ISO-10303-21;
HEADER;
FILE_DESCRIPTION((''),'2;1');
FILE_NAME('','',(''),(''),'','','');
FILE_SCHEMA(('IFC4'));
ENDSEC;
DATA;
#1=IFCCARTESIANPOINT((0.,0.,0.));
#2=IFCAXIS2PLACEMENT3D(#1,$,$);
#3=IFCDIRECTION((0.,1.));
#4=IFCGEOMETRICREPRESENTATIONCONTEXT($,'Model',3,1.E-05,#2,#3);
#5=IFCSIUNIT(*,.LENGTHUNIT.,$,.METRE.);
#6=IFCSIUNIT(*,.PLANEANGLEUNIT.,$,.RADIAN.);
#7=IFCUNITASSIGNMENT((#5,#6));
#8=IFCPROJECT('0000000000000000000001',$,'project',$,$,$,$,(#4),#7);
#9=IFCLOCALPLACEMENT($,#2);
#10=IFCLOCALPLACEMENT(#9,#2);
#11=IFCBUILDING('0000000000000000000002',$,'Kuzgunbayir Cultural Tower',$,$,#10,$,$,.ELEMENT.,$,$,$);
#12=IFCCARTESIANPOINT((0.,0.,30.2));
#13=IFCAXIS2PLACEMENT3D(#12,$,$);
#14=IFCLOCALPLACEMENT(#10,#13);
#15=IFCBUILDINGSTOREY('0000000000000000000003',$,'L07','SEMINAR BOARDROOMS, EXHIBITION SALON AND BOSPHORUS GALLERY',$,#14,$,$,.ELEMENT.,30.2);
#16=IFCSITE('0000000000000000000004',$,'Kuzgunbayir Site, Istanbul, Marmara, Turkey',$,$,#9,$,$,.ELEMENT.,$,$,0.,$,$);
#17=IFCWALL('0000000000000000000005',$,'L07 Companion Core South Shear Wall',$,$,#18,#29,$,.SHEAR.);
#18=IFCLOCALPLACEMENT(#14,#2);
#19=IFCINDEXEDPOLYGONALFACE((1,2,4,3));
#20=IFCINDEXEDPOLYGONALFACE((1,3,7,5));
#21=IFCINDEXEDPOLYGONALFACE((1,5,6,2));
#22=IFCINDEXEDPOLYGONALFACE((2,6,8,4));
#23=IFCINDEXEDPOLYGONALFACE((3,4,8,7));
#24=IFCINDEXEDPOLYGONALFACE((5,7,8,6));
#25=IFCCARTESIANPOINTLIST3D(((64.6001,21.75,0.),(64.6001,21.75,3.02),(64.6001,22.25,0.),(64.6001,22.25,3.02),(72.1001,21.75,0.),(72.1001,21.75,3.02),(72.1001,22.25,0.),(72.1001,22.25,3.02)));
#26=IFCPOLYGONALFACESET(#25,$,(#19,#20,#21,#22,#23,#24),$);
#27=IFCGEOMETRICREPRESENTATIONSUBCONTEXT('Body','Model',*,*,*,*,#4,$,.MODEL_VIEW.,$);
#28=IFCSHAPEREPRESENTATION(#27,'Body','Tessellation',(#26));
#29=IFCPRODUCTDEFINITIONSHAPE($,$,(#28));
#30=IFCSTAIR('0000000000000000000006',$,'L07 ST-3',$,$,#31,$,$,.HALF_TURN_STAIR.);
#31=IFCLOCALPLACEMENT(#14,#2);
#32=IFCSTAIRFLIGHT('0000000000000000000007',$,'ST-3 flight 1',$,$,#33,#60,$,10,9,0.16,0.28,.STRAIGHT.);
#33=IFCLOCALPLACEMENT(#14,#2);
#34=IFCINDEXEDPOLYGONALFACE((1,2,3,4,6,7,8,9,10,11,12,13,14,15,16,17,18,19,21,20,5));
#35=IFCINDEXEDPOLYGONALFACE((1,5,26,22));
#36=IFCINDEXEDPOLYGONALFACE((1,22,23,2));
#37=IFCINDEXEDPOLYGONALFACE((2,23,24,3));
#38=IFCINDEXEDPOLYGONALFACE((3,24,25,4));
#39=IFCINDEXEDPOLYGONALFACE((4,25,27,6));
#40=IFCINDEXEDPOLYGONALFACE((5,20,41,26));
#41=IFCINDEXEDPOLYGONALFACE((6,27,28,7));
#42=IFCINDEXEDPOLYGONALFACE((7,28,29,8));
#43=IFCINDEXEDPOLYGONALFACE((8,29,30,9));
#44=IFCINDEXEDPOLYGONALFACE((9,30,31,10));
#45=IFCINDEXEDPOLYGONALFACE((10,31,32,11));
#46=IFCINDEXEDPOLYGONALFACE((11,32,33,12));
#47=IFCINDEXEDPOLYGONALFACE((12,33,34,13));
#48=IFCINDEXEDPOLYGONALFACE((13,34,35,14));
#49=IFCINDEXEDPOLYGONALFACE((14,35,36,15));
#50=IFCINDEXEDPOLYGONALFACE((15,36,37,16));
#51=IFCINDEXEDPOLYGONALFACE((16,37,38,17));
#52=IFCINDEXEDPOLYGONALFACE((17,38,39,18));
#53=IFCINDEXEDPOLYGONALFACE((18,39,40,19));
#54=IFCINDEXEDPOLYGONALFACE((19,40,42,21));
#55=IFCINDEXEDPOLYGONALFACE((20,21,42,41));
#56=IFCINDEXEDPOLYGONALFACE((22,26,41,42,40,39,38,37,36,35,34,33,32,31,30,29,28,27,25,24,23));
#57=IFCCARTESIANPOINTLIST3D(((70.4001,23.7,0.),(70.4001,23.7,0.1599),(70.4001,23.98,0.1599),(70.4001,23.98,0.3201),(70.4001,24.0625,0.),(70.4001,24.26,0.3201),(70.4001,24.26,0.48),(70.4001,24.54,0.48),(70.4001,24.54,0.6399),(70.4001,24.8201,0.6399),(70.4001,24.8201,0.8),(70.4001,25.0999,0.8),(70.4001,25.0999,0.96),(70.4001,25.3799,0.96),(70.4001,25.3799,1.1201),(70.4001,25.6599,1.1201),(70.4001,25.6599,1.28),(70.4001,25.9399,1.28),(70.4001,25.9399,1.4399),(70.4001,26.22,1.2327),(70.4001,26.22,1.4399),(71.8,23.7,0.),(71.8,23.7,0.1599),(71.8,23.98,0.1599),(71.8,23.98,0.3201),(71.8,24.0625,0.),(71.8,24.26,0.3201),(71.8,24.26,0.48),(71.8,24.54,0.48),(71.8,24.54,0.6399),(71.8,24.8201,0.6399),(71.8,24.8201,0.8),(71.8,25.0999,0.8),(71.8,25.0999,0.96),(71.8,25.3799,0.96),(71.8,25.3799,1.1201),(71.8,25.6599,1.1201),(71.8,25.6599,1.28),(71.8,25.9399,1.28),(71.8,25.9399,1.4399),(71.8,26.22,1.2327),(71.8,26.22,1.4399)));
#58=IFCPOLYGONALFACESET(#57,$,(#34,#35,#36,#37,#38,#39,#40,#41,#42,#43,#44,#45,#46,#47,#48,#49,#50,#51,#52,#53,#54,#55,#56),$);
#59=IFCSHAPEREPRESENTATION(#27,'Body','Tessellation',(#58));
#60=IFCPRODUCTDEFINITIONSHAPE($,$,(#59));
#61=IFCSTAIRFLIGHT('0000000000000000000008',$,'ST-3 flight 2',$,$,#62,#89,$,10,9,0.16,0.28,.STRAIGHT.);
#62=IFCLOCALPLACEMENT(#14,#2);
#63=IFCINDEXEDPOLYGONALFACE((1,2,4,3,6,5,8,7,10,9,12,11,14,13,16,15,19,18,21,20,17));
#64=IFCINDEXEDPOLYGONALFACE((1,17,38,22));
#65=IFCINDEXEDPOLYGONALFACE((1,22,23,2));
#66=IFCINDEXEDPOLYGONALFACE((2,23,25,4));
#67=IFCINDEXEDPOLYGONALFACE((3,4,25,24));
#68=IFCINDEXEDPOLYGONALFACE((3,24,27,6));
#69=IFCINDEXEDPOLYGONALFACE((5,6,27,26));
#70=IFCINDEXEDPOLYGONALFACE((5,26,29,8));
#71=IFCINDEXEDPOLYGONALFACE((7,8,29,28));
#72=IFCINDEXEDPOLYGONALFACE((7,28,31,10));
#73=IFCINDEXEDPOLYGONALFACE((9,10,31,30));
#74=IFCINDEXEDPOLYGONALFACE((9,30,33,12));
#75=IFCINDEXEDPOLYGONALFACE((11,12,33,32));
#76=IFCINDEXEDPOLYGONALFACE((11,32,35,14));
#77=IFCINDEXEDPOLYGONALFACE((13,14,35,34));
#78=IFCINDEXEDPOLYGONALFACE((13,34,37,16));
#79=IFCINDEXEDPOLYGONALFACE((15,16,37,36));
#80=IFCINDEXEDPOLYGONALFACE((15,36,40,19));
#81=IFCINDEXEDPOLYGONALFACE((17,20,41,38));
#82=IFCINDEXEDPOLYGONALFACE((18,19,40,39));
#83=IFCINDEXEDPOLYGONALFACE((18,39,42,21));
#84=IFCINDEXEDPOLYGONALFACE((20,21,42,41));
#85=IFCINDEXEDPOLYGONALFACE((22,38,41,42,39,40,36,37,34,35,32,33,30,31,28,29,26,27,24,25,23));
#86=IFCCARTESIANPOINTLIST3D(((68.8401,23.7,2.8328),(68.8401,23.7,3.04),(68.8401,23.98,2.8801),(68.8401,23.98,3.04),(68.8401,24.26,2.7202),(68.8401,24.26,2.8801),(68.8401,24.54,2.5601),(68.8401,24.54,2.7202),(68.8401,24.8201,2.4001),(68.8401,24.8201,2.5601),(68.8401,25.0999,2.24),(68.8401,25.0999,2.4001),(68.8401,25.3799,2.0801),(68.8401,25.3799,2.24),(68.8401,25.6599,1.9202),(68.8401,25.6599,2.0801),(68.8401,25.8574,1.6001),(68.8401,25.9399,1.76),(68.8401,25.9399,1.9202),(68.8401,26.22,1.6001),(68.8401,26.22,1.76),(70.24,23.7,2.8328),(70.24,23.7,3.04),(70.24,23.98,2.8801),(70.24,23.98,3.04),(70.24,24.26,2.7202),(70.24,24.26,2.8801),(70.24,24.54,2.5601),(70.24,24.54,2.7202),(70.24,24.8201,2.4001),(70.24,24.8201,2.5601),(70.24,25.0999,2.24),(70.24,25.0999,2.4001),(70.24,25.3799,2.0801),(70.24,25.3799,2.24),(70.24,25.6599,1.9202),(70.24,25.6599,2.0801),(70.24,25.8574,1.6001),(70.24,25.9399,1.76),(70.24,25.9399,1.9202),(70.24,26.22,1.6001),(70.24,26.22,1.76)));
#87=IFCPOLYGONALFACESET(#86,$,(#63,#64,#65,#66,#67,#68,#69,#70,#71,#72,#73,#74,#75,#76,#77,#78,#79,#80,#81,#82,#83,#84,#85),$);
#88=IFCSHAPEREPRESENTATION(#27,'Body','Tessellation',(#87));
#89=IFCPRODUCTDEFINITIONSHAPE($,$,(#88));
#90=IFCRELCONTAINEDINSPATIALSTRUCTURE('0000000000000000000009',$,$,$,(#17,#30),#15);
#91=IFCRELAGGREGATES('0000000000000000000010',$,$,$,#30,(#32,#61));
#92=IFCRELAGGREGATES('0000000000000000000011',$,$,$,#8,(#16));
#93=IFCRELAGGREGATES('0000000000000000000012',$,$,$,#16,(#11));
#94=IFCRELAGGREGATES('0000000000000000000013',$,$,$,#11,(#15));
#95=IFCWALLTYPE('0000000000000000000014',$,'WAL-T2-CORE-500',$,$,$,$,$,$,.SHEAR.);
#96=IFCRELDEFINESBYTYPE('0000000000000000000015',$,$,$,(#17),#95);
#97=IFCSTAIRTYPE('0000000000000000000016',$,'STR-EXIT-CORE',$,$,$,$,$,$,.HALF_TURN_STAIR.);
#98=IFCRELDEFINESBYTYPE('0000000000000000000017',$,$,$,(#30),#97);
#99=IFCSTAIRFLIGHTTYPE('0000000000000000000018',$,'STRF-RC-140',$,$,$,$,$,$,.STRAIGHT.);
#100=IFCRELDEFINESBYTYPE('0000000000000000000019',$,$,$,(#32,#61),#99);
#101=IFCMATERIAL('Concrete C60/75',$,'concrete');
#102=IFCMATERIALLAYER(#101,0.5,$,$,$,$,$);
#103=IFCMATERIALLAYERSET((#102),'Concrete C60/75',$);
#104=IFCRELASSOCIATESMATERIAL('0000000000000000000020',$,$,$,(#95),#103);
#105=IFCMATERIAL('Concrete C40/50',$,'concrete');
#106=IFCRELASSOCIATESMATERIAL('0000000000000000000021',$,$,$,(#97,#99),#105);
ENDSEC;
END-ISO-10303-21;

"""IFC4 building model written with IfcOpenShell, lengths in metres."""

from ifc_helpers import new_model, si_unit, direction, frame, frame_2d, origin, place, context, subcontext, project, spatial, polyline, rectangle, outline, extrude, material, layer, layer_set, type_object, element, aggregate, save


model = new_model("IFC4")

# Units and contexts
model_context = context("Model", 3, precision=1e-05, world=origin(), true_north=direction((0.0, 1.0)))
body_context = subcontext(model_context, "Body", "Model", "MODEL_VIEW")
ifc_project = project(units=[si_unit("LENGTHUNIT", "METRE"), si_unit("PLANEANGLEUNIT", "RADIAN")], contexts=[model_context])

# Site, building, storey
site_placement = place(None, origin())
site = spatial("IfcSite", under=ifc_project, at=site_placement, Name="Kuzgunbayir Site, Istanbul, Marmara, Turkey", CompositionType="ELEMENT", RefElevation=0.0)
building_placement = place(site_placement, origin())
building = spatial("IfcBuilding", under=site, at=building_placement, Name="Kuzgunbayir Cultural Tower", CompositionType="ELEMENT")
storey_placement = place(building_placement, frame((0.0, 0.0, 30.2)))
storey = spatial("IfcBuildingStorey", under=building, at=storey_placement, Name="L07", Description="SEMINAR BOARDROOMS, EXHIBITION SALON AND BOSPHORUS GALLERY", CompositionType="ELEMENT", Elevation=30.2)

# Shared definitions
ifc_material_1 = material(Name="Concrete C60/75", Category="concrete")

# Shared definitions
ifc_material_2 = material(Name="Concrete C40/50", Category="concrete")

# Wall
ifc_layer_1 = layer(ifc_material_1, 0.5)
ifc_layer_set_1 = layer_set([ifc_layer_1], Name="Concrete C60/75")
wall_type_1 = type_object("IfcWallType", Name="WAL-T2-CORE-500", PredefinedType="SHEAR", material=ifc_layer_set_1)
wall_1_placement = place(storey_placement, frame((64.6001, 22.0, 0.0), z_axis=(0.0, 0.0, 1.0), x_axis=(1.0, 0.0, 0.0)))
element("IfcWall", 1, at=wall_1_placement, inside=storey, type_object=wall_type_1, Name="L07 Companion Core South Shear Wall", PredefinedType="SHEAR", context=body_context, shape_type="SweptSolid", body=[
    extrude(rectangle(XDim=7.5, YDim=0.5, at=frame_2d((3.75, 0.0))), origin(), (0.0, 0.0, 1.0), 3.02),
])

# Stair, stair flights
stair_type = type_object("IfcStairType", Name="STR-EXIT-CORE", PredefinedType="HALF_TURN_STAIR", material=ifc_material_2)
stair_placement = place(storey_placement, origin())
stair = element("IfcStair", 2, at=stair_placement, inside=storey, type_object=stair_type, Name="L07 ST-3", PredefinedType="HALF_TURN_STAIR")
stair_flight_type = type_object("IfcStairFlightType", Name="STRF-RC-140", PredefinedType="STRAIGHT", material=ifc_material_2)
stair_flight_1_placement = place(storey_placement, frame((71.1001, 23.7, 0.0), z_axis=(0.0, 0.0, 1.0), x_axis=(0.0, 1.0, 0.0)))
stair_flight_1 = element("IfcStairFlight", 3, at=stair_flight_1_placement, type_object=stair_flight_type, Name="ST-3 flight 1", NumberOfRisers=10, NumberOfTreads=9, PredefinedType="STRAIGHT", RiserHeight=0.16, TreadLength=0.28, context=body_context, shape_type="SweptSolid", body=[
    extrude(outline(polyline([(0.0, 0.0), (0.0, 0.1599), (0.28, 0.1599), (0.28, 0.3201), (0.5601, 0.3201), (0.5601, 0.48), (0.8401, 0.48), (0.8401, 0.6399), (1.1201, 0.6399), (1.1201, 0.8), (1.3999, 0.8), (1.3999, 0.96), (1.6799, 0.96), (1.6799, 1.1201), (1.96, 1.1201), (1.96, 1.28), (2.24, 1.28), (2.24, 1.4399), (2.52, 1.4399), (2.52, 1.6001), (2.52, 1.2327), (0.3625, 0.0), (0.0, 0.0)])), frame((0.0, 0.7, 0.0), z_axis=(0.0, -1.0, 0.0), x_axis=(1.0, 0.0, 0.0)), (0.0, 0.0, 1.0), 1.3999),
])
stair_flight_2_placement = place(storey_placement, frame((69.54, 26.22, 1.6001), z_axis=(0.0, 0.0, 1.0), x_axis=(0.0, -1.0, 0.0)))
stair_flight_2 = element("IfcStairFlight", 4, at=stair_flight_2_placement, type_object=stair_flight_type, Name="ST-3 flight 2", NumberOfRisers=10, NumberOfTreads=9, PredefinedType="STRAIGHT", RiserHeight=0.16, TreadLength=0.28, context=body_context, shape_type="SweptSolid", body=[
    extrude(outline(polyline([(0.0, 0.0), (0.0, 0.1599), (0.28, 0.1599), (0.28, 0.3201), (0.5601, 0.3201), (0.5601, 0.48), (0.8401, 0.48), (0.8401, 0.6399), (1.1201, 0.6399), (1.1201, 0.8), (1.3999, 0.8), (1.3999, 0.96), (1.6799, 0.96), (1.6799, 1.1201), (1.96, 1.1201), (1.96, 1.28), (2.24, 1.28), (2.24, 1.4399), (2.52, 1.4399), (2.52, 1.6001), (2.52, 1.2327), (0.3625, 0.0), (0.0, 0.0)])), frame((0.0, 0.7, 0.0), z_axis=(0.0, -1.0, 0.0), x_axis=(1.0, 0.0, 0.0)), (0.0, 0.0, 1.0), 1.3999),
])
aggregate(stair, [stair_flight_1, stair_flight_2])

save(model, "model.ifc")
